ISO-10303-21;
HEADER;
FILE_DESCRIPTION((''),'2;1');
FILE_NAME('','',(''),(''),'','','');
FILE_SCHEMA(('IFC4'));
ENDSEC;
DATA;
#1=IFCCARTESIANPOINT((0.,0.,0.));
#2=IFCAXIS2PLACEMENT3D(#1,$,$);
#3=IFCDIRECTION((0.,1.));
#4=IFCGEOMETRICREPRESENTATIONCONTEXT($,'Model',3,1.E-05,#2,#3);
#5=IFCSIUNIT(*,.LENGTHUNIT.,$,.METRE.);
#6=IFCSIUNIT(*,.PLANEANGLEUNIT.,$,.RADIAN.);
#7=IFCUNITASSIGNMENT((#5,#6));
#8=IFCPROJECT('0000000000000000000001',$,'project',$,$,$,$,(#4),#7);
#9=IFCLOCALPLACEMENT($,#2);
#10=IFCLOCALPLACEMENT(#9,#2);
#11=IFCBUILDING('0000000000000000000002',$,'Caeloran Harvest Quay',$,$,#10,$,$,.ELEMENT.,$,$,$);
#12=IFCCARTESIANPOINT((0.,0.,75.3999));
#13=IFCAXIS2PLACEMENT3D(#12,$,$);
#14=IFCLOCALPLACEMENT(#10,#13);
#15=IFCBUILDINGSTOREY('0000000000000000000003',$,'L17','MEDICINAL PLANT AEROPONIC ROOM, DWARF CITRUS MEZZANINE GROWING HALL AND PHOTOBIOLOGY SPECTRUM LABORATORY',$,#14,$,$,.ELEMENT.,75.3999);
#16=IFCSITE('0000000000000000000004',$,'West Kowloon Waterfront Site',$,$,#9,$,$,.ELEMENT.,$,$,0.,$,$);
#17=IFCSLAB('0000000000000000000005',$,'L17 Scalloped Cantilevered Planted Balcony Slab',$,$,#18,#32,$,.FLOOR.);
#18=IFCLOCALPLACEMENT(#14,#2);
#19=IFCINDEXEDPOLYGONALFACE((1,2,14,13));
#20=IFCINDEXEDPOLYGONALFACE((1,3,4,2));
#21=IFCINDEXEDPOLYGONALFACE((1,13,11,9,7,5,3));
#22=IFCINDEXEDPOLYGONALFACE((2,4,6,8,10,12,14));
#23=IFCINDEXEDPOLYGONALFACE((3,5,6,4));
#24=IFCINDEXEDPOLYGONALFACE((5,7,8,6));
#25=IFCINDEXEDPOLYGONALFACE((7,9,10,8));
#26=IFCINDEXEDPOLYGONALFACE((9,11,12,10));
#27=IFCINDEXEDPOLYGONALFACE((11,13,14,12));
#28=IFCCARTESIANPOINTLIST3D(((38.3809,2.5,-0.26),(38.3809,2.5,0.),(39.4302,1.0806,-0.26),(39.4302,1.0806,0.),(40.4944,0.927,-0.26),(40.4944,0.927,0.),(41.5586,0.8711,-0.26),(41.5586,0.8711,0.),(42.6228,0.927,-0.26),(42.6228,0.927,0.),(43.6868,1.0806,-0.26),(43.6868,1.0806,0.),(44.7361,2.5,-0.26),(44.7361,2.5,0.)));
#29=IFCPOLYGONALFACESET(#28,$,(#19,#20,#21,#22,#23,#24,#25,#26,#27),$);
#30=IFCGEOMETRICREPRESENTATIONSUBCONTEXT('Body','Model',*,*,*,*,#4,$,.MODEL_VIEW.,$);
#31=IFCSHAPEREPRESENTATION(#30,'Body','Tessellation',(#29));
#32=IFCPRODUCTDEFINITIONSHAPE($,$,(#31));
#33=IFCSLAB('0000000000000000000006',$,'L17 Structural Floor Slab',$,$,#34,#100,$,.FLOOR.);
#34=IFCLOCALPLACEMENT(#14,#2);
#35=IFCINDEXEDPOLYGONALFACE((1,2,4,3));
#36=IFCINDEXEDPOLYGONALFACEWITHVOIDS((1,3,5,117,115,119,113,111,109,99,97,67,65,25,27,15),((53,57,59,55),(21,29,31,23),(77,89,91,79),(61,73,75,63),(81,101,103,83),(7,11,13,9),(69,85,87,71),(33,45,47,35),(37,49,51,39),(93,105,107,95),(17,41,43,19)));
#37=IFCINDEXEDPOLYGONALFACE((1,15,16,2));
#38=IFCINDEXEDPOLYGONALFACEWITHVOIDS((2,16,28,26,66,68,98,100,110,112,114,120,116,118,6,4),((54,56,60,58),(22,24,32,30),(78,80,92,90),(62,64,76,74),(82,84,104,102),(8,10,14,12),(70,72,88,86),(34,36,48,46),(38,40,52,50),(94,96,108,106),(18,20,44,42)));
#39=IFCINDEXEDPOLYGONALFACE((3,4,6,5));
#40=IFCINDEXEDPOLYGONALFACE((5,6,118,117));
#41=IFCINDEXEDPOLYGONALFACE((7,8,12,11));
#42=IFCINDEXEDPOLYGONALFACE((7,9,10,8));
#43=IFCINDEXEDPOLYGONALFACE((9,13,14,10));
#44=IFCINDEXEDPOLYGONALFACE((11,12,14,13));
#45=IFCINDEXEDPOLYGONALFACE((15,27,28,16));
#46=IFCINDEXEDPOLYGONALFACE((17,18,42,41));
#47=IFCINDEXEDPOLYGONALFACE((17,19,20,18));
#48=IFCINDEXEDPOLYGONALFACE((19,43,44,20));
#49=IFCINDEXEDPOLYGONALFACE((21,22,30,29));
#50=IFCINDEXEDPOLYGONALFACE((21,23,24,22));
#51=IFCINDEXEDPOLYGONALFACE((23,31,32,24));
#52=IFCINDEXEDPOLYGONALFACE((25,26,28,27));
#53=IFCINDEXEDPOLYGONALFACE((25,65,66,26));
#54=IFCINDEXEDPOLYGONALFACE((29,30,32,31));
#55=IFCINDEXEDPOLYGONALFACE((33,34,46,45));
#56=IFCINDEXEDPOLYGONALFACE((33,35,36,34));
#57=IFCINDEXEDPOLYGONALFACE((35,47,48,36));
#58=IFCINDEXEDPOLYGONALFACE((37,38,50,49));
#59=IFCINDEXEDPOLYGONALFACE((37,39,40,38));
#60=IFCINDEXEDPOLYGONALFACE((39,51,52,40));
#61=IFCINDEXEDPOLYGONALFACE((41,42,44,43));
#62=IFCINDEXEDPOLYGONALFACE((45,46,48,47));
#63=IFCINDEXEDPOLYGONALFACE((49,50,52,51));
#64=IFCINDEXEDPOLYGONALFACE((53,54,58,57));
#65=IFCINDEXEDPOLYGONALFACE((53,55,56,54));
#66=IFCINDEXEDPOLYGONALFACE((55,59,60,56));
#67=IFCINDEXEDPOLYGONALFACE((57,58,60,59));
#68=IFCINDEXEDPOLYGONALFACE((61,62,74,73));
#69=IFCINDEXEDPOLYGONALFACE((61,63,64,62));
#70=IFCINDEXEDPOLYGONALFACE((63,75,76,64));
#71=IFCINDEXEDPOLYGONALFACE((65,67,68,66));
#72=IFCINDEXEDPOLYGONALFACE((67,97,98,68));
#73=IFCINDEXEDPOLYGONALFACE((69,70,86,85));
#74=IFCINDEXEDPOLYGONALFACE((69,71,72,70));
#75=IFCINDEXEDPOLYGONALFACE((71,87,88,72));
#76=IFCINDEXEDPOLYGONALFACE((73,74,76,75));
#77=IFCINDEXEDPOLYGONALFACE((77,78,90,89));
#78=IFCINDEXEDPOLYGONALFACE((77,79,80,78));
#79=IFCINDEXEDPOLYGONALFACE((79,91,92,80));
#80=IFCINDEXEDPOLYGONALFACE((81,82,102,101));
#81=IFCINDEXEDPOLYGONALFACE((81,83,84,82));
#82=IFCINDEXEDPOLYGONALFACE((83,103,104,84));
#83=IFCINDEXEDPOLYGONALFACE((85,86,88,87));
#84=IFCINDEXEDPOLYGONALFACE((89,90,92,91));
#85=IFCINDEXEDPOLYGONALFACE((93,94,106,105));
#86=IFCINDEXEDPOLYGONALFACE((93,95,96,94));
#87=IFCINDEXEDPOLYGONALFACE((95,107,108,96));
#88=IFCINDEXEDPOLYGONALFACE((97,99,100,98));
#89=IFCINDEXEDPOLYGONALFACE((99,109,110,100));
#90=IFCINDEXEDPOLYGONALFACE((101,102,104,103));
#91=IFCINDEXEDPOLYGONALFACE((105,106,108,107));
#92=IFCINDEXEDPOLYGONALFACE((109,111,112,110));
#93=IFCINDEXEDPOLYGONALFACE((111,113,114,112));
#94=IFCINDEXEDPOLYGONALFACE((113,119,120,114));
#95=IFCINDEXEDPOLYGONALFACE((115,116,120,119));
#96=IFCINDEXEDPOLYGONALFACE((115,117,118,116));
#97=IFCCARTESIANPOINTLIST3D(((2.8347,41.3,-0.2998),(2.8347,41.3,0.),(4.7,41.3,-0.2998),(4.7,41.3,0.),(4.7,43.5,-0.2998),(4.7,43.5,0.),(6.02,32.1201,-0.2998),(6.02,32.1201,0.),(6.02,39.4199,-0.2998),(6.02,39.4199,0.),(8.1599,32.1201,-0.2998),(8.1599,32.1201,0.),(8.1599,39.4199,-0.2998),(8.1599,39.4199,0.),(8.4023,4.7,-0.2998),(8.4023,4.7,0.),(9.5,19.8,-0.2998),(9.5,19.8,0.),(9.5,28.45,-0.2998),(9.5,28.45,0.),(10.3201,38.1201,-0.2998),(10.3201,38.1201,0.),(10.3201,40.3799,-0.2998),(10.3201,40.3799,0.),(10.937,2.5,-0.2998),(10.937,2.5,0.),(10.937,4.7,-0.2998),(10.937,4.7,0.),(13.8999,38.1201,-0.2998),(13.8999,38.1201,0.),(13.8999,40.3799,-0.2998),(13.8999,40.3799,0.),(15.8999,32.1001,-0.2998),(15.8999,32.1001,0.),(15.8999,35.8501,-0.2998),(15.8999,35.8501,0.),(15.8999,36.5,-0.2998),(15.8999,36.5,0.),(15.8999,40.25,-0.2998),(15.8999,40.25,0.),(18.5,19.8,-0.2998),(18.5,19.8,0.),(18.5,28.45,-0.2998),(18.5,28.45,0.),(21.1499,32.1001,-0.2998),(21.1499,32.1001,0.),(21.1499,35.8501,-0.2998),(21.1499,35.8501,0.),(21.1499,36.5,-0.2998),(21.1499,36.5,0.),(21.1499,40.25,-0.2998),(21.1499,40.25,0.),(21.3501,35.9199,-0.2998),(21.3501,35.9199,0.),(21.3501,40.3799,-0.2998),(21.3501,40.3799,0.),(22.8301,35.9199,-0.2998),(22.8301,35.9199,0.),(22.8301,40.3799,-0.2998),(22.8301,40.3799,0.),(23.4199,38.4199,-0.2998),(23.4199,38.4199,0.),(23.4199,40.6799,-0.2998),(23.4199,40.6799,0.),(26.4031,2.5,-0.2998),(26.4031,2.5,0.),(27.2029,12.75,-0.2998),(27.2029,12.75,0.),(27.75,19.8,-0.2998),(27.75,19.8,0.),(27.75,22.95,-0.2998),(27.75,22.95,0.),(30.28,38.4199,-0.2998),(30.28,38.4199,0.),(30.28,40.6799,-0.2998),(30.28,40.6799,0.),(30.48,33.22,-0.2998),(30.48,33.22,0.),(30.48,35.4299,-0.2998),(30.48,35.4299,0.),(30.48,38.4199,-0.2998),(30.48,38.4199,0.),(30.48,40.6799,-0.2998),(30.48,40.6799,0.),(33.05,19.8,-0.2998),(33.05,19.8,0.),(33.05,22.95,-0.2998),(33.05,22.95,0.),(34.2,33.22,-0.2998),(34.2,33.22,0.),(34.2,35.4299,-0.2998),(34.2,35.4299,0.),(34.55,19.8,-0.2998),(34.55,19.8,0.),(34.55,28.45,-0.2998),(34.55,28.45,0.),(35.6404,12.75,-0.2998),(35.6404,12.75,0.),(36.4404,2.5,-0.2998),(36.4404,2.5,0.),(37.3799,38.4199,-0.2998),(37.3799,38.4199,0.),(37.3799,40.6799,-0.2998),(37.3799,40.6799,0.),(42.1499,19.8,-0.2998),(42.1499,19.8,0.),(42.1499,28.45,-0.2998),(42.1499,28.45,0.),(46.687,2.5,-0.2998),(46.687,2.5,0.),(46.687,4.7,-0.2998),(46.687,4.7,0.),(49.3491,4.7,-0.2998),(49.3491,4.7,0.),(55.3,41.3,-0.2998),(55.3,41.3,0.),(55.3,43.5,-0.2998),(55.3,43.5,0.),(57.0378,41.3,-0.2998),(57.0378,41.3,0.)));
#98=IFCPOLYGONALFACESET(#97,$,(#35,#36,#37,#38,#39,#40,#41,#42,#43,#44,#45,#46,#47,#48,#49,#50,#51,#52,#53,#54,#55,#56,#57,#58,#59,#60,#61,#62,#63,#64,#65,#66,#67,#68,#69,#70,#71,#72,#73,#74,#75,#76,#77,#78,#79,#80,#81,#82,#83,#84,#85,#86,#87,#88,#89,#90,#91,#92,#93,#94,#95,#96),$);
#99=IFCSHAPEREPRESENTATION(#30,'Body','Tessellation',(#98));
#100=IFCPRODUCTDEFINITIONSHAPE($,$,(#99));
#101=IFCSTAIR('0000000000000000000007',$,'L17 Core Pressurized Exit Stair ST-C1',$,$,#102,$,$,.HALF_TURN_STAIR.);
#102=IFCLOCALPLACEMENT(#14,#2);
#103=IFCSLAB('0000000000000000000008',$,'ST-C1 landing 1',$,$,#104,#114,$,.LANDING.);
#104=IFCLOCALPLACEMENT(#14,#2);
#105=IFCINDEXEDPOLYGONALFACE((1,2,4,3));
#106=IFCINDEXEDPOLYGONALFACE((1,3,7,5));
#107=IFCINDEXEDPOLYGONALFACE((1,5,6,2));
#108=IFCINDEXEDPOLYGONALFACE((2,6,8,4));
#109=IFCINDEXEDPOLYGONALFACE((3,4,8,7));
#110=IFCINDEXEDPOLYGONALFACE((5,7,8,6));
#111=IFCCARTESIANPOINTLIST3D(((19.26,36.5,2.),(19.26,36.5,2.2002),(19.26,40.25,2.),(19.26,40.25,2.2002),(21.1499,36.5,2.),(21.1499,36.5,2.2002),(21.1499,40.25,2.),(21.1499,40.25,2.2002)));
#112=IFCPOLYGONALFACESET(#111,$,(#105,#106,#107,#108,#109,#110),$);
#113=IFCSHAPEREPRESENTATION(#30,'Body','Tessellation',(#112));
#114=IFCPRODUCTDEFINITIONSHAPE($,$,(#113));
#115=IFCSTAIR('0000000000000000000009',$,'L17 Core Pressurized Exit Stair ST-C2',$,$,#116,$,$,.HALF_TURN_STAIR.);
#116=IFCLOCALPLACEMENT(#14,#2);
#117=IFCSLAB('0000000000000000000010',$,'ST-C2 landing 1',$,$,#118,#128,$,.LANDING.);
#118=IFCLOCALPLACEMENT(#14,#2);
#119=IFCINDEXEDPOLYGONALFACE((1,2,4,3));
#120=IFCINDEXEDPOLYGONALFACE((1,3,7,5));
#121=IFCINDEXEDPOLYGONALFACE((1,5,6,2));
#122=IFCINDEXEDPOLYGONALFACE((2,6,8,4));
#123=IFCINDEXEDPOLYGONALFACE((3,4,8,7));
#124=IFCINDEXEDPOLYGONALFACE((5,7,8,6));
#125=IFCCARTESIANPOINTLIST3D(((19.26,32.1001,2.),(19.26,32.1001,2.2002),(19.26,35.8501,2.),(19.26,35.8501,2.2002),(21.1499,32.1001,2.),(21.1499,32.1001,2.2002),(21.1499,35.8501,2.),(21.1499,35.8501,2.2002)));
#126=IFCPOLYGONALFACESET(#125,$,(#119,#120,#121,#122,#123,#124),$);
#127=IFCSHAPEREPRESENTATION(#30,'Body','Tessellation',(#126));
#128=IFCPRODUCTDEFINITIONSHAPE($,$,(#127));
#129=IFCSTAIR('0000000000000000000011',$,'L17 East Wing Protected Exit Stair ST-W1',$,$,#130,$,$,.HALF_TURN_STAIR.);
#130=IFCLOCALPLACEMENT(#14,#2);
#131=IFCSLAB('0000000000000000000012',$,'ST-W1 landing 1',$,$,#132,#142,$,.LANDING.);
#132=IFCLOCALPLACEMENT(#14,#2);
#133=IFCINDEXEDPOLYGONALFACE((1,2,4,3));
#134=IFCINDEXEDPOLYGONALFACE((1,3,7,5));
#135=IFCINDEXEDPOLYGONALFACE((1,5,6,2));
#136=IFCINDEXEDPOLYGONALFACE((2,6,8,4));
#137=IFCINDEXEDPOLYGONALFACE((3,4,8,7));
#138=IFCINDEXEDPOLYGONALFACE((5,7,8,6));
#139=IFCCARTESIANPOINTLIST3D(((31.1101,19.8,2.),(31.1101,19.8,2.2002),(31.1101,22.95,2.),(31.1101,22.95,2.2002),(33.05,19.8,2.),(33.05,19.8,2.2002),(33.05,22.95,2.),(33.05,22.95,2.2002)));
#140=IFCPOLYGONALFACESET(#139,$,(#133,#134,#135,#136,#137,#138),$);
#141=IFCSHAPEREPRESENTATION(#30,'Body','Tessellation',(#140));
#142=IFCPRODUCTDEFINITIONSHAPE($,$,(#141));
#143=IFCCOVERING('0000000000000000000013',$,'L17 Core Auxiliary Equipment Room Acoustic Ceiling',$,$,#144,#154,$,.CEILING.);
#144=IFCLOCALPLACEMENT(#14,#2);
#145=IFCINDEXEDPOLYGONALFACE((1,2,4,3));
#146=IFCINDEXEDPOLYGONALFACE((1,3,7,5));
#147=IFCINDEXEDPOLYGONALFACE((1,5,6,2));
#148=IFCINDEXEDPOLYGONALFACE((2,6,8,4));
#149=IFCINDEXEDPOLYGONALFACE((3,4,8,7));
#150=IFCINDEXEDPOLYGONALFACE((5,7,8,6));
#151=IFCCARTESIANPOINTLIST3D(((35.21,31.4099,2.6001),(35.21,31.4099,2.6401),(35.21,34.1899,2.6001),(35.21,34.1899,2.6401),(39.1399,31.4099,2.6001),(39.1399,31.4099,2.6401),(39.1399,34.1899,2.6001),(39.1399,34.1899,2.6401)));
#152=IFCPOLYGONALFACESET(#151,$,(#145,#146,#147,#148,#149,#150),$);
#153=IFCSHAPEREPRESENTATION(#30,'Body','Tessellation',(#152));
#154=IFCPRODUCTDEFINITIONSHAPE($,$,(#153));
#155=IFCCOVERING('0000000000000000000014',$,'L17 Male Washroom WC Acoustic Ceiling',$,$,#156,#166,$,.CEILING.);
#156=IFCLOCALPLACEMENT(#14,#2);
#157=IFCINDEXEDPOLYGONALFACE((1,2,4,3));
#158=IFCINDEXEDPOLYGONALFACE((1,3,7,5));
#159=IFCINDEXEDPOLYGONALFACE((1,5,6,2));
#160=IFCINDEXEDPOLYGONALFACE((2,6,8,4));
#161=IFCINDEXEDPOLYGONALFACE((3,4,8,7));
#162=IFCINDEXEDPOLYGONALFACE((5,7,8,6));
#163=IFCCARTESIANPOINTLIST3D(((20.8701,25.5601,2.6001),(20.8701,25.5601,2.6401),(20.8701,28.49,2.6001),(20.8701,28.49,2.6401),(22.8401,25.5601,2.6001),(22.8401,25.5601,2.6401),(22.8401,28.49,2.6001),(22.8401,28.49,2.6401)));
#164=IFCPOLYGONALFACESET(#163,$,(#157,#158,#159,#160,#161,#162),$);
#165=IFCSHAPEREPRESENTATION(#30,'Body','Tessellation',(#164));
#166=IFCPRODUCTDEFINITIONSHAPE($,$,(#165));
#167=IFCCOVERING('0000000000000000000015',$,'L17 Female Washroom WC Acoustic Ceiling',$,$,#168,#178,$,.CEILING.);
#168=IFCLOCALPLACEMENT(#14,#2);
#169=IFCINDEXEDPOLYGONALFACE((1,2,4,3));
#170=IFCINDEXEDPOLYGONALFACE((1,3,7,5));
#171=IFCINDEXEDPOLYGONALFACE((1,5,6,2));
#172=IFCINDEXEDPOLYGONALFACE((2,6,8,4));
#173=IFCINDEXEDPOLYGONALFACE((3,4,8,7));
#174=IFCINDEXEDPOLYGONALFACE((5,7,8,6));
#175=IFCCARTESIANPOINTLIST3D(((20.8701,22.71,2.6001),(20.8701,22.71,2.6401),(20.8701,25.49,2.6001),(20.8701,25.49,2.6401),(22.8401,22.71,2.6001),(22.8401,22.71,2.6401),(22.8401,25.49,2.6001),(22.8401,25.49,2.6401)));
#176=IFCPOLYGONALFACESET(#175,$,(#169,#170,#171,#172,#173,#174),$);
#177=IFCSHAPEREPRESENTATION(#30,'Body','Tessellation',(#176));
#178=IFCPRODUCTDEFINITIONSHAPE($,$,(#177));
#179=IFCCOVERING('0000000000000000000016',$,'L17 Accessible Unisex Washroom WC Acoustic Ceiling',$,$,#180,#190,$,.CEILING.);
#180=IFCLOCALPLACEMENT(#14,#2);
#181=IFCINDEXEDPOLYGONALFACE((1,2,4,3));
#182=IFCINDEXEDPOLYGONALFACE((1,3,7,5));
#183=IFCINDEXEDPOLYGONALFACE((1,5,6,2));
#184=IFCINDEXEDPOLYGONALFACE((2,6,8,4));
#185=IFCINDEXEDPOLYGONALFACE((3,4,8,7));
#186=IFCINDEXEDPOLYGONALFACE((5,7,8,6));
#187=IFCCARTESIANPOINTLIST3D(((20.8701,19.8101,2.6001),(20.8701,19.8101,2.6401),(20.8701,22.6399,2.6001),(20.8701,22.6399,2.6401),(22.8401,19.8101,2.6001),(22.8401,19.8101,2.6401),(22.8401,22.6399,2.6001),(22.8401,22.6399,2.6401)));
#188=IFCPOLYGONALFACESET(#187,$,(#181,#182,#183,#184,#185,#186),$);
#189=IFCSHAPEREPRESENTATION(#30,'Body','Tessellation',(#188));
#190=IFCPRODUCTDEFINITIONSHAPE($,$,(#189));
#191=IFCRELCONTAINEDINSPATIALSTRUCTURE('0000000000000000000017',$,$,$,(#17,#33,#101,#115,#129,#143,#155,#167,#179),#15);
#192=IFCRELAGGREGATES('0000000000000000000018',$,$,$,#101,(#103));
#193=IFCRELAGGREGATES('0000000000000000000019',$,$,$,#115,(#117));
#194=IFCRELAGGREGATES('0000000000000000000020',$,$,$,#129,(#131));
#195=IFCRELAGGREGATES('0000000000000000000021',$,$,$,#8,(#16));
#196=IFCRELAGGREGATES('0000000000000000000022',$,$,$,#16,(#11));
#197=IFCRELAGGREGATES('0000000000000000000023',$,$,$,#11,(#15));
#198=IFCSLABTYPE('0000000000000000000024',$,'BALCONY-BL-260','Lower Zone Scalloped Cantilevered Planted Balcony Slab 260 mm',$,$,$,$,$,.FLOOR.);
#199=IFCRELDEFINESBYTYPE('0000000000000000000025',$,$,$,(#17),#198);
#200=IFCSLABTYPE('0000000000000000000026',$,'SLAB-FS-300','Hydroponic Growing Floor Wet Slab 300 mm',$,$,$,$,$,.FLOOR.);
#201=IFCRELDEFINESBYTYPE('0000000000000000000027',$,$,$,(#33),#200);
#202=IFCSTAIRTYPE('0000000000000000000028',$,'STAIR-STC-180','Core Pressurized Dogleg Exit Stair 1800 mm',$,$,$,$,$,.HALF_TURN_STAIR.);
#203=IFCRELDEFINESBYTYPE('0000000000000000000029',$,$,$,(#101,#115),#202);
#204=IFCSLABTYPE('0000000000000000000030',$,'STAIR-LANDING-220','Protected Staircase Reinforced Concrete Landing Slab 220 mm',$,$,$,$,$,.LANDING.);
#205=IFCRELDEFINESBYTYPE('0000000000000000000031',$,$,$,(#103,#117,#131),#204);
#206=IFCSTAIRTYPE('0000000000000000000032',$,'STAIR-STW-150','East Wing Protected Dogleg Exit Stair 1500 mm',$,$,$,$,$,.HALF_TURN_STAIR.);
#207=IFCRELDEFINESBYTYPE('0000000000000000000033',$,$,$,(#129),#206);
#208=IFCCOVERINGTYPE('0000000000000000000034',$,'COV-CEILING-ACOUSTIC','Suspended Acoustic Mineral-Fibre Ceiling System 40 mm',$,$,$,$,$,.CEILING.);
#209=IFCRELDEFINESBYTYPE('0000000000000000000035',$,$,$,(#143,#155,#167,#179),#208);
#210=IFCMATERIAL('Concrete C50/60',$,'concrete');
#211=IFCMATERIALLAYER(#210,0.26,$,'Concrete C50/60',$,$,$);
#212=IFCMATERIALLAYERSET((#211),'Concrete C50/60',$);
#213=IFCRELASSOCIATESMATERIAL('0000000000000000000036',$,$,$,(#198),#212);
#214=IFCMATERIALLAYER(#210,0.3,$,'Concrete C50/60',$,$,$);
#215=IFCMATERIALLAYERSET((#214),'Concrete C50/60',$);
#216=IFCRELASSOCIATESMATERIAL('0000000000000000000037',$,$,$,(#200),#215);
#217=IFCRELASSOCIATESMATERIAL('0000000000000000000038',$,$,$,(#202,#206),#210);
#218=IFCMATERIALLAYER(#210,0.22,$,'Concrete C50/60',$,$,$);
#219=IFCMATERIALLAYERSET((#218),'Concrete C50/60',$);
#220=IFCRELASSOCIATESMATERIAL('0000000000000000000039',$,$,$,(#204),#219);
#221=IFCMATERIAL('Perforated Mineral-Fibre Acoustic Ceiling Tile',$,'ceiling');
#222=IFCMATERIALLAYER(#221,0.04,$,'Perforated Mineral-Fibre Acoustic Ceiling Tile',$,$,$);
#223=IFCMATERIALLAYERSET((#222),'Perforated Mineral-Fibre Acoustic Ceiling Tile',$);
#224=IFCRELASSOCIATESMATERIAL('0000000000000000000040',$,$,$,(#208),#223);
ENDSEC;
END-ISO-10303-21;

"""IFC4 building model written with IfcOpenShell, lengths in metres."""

from ifc_helpers import new_model, si_unit, direction, frame, origin, place, context, subcontext, project, spatial, polyline, outline, extrude, material, layer, layer_set, type_object, element, aggregate, save


model = new_model("IFC4")

# Units and contexts
model_context = context("Model", 3, precision=1e-05, world=origin(), true_north=direction((0.0, 1.0)))
body_context = subcontext(model_context, "Body", "Model", "MODEL_VIEW")
ifc_project = project(units=[si_unit("LENGTHUNIT", "METRE"), si_unit("PLANEANGLEUNIT", "RADIAN")], contexts=[model_context])

# Site, building, storey
site_placement = place(None, origin())
site = spatial("IfcSite", under=ifc_project, at=site_placement, Name="West Kowloon Waterfront Site", CompositionType="ELEMENT", RefElevation=0.0)
building_placement = place(site_placement, origin())
building = spatial("IfcBuilding", under=site, at=building_placement, Name="Caeloran Harvest Quay", CompositionType="ELEMENT")
storey_placement = place(building_placement, frame((0.0, 0.0, 75.3999)))
storey = spatial("IfcBuildingStorey", under=building, at=storey_placement, Name="L17", Description="MEDICINAL PLANT AEROPONIC ROOM, DWARF CITRUS MEZZANINE GROWING HALL AND PHOTOBIOLOGY SPECTRUM LABORATORY", CompositionType="ELEMENT", Elevation=75.3999)

# Slabs
ifc_material_1 = material(Name="Concrete C50/60", Category="concrete")
ifc_layer_1 = layer(ifc_material_1, 0.26, Name="Concrete C50/60")
ifc_layer_set_1 = layer_set([ifc_layer_1], Name="Concrete C50/60")
slab_type_1 = type_object("IfcSlabType", Name="BALCONY-BL-260", Description="Lower Zone Scalloped Cantilevered Planted Balcony Slab 260 mm", PredefinedType="FLOOR", material=ifc_layer_set_1)
slab_1_placement = place(storey_placement, frame((0.0, 0.0, -0.26)))
element("IfcSlab", 1, at=slab_1_placement, inside=storey, type_object=slab_type_1, Name="L17 Scalloped Cantilevered Planted Balcony Slab", PredefinedType="FLOOR", context=body_context, shape_type="SweptSolid", body=[
    extrude(outline(polyline([(43.6868, 1.0806), (42.6228, 0.927), (41.5586, 0.8711), (40.4944, 0.927), (39.4302, 1.0806), (38.3809, 2.5), (44.7361, 2.5), (43.6868, 1.0806)])), origin(), (0.0, 0.0, 1.0), 0.26),
])
ifc_layer_2 = layer(ifc_material_1, 0.3, Name="Concrete C50/60")
ifc_layer_set_2 = layer_set([ifc_layer_2], Name="Concrete C50/60")
slab_type_2 = type_object("IfcSlabType", Name="SLAB-FS-300", Description="Hydroponic Growing Floor Wet Slab 300 mm", PredefinedType="FLOOR", material=ifc_layer_set_2)
slab_2_placement = place(storey_placement, frame((0.0, 0.0, -0.2998)))
element("IfcSlab", 2, at=slab_2_placement, inside=storey, type_object=slab_type_2, Name="L17 Structural Floor Slab", PredefinedType="FLOOR", context=body_context, shape_type="SweptSolid", body=[
    extrude(outline(polyline([(10.937, 2.5), (26.4031, 2.5), (27.2029, 12.75), (35.6404, 12.75), (36.4404, 2.5), (46.687, 2.5), (46.687, 4.7), (49.3491, 4.7), (57.0378, 41.3), (55.3, 41.3), (55.3, 43.5), (4.7, 43.5), (4.7, 41.3), (2.8347, 41.3), (8.4023, 4.7), (10.937, 4.7), (10.937, 2.5)]), holes=[polyline([(18.5, 19.8), (9.5, 19.8), (9.5, 28.45), (18.5, 28.45), (18.5, 19.8)]), polyline([(15.8999, 32.1001), (15.8999, 35.8501), (21.1499, 35.8501), (21.1499, 32.1001), (15.8999, 32.1001)]), polyline([(8.1599, 32.1201), (6.02, 32.1201), (6.02, 39.4199), (8.1599, 39.4199), (8.1599, 32.1201)]), polyline([(21.3501, 35.9199), (21.3501, 40.3799), (22.8301, 40.3799), (22.8301, 35.9199), (21.3501, 35.9199)]), polyline([(15.8999, 40.25), (21.1499, 40.25), (21.1499, 36.5), (15.8999, 36.5), (15.8999, 40.25)]), polyline([(13.8999, 38.1201), (10.3201, 38.1201), (10.3201, 40.3799), (13.8999, 40.3799), (13.8999, 38.1201)]), polyline([(27.75, 22.95), (33.05, 22.95), (33.05, 19.8), (27.75, 19.8), (27.75, 22.95)]), polyline([(34.55, 19.8), (34.55, 28.45), (42.1499, 28.45), (42.1499, 19.8), (34.55, 19.8)]), polyline([(34.2, 33.22), (30.48, 33.22), (30.48, 35.4299), (34.2, 35.4299), (34.2, 33.22)]), polyline([(23.4199, 38.4199), (23.4199, 40.6799), (30.28, 40.6799), (30.28, 38.4199), (23.4199, 38.4199)]), polyline([(30.48, 38.4199), (30.48, 40.6799), (37.3799, 40.6799), (37.3799, 38.4199), (30.48, 38.4199)])]), origin(), (0.0, 0.0, 1.0), 0.2998),
])

# Stairs, slabs
stair_type_1 = type_object("IfcStairType", Name="STAIR-STC-180", Description="Core Pressurized Dogleg Exit Stair 1800 mm", PredefinedType="HALF_TURN_STAIR", material=ifc_material_1)
stair_1_placement = place(storey_placement, origin())
stair_1 = element("IfcStair", 3, at=stair_1_placement, inside=storey, type_object=stair_type_1, Name="L17 Core Pressurized Exit Stair ST-C1", PredefinedType="HALF_TURN_STAIR")
ifc_layer_3 = layer(ifc_material_1, 0.22, Name="Concrete C50/60")
ifc_layer_set_3 = layer_set([ifc_layer_3], Name="Concrete C50/60")
slab_type_3 = type_object("IfcSlabType", Name="STAIR-LANDING-220", Description="Protected Staircase Reinforced Concrete Landing Slab 220 mm", PredefinedType="LANDING", material=ifc_layer_set_3)
slab_3_placement = place(storey_placement, frame((0.0, 0.0, 2.0)))
slab_3 = element("IfcSlab", 4, at=slab_3_placement, type_object=slab_type_3, Name="ST-C1 landing 1", PredefinedType="LANDING", context=body_context, shape_type="SweptSolid", body=[
    extrude(outline(polyline([(19.26, 36.5), (21.1499, 36.5), (21.1499, 40.25), (19.26, 40.25), (19.26, 36.5)])), origin(), (0.0, 0.0, 1.0), 0.2002),
])
aggregate(stair_1, [slab_3])
stair_2_placement = place(storey_placement, origin())
stair_2 = element("IfcStair", 5, at=stair_2_placement, inside=storey, type_object=stair_type_1, Name="L17 Core Pressurized Exit Stair ST-C2", PredefinedType="HALF_TURN_STAIR")
slab_4_placement = place(storey_placement, frame((0.0, 0.0, 2.0)))
slab_4 = element("IfcSlab", 6, at=slab_4_placement, type_object=slab_type_3, Name="ST-C2 landing 1", PredefinedType="LANDING", context=body_context, shape_type="SweptSolid", body=[
    extrude(outline(polyline([(19.26, 32.1001), (21.1499, 32.1001), (21.1499, 35.8501), (19.26, 35.8501), (19.26, 32.1001)])), origin(), (0.0, 0.0, 1.0), 0.2002),
])
aggregate(stair_2, [slab_4])
stair_type_2 = type_object("IfcStairType", Name="STAIR-STW-150", Description="East Wing Protected Dogleg Exit Stair 1500 mm", PredefinedType="HALF_TURN_STAIR", material=ifc_material_1)
stair_3_placement = place(storey_placement, origin())
stair_3 = element("IfcStair", 7, at=stair_3_placement, inside=storey, type_object=stair_type_2, Name="L17 East Wing Protected Exit Stair ST-W1", PredefinedType="HALF_TURN_STAIR")
slab_5_placement = place(storey_placement, frame((0.0, 0.0, 2.0)))
slab_5 = element("IfcSlab", 8, at=slab_5_placement, type_object=slab_type_3, Name="ST-W1 landing 1", PredefinedType="LANDING", context=body_context, shape_type="SweptSolid", body=[
    extrude(outline(polyline([(31.1101, 19.8), (33.05, 19.8), (33.05, 22.95), (31.1101, 22.95), (31.1101, 19.8)])), origin(), (0.0, 0.0, 1.0), 0.2002),
])
aggregate(stair_3, [slab_5])

# Coverings
ifc_material_2 = material(Name="Perforated Mineral-Fibre Acoustic Ceiling Tile", Category="ceiling")
ifc_layer_4 = layer(ifc_material_2, 0.04, Name="Perforated Mineral-Fibre Acoustic Ceiling Tile")
ifc_layer_set_4 = layer_set([ifc_layer_4], Name="Perforated Mineral-Fibre Acoustic Ceiling Tile")
covering_type_1 = type_object("IfcCoveringType", Name="COV-CEILING-ACOUSTIC", Description="Suspended Acoustic Mineral-Fibre Ceiling System 40 mm", PredefinedType="CEILING", material=ifc_layer_set_4)
covering_1_placement = place(storey_placement, frame((0.0, 0.0, 2.6001)))
element("IfcCovering", 9, at=covering_1_placement, inside=storey, type_object=covering_type_1, Name="L17 Core Auxiliary Equipment Room Acoustic Ceiling", PredefinedType="CEILING", context=body_context, shape_type="SweptSolid", body=[
    extrude(outline(polyline([(39.1399, 34.1899), (39.1399, 31.4099), (35.21, 31.4099), (35.21, 34.1899), (39.1399, 34.1899)])), origin(), (0.0, 0.0, 1.0), 0.04),
])
covering_2_placement = place(storey_placement, frame((0.0, 0.0, 2.6001)))
element("IfcCovering", 10, at=covering_2_placement, inside=storey, type_object=covering_type_1, Name="L17 Male Washroom WC Acoustic Ceiling", PredefinedType="CEILING", context=body_context, shape_type="SweptSolid", body=[
    extrude(outline(polyline([(22.8401, 25.5601), (20.8701, 25.5601), (20.8701, 28.49), (22.8401, 28.49), (22.8401, 25.5601)])), origin(), (0.0, 0.0, 1.0), 0.04),
])
covering_3_placement = place(storey_placement, frame((0.0, 0.0, 2.6001)))
element("IfcCovering", 11, at=covering_3_placement, inside=storey, type_object=covering_type_1, Name="L17 Female Washroom WC Acoustic Ceiling", PredefinedType="CEILING", context=body_context, shape_type="SweptSolid", body=[
    extrude(outline(polyline([(22.8401, 22.71), (20.8701, 22.71), (20.8701, 25.49), (22.8401, 25.49), (22.8401, 22.71)])), origin(), (0.0, 0.0, 1.0), 0.04),
])
covering_4_placement = place(storey_placement, frame((0.0, 0.0, 2.6001)))
element("IfcCovering", 12, at=covering_4_placement, inside=storey, type_object=covering_type_1, Name="L17 Accessible Unisex Washroom WC Acoustic Ceiling", PredefinedType="CEILING", context=body_context, shape_type="SweptSolid", body=[
    extrude(outline(polyline([(22.8401, 19.8101), (20.8701, 19.8101), (20.8701, 22.6399), (22.8401, 22.6399), (22.8401, 19.8101)])), origin(), (0.0, 0.0, 1.0), 0.04),
])

save(model, "model.ifc")
